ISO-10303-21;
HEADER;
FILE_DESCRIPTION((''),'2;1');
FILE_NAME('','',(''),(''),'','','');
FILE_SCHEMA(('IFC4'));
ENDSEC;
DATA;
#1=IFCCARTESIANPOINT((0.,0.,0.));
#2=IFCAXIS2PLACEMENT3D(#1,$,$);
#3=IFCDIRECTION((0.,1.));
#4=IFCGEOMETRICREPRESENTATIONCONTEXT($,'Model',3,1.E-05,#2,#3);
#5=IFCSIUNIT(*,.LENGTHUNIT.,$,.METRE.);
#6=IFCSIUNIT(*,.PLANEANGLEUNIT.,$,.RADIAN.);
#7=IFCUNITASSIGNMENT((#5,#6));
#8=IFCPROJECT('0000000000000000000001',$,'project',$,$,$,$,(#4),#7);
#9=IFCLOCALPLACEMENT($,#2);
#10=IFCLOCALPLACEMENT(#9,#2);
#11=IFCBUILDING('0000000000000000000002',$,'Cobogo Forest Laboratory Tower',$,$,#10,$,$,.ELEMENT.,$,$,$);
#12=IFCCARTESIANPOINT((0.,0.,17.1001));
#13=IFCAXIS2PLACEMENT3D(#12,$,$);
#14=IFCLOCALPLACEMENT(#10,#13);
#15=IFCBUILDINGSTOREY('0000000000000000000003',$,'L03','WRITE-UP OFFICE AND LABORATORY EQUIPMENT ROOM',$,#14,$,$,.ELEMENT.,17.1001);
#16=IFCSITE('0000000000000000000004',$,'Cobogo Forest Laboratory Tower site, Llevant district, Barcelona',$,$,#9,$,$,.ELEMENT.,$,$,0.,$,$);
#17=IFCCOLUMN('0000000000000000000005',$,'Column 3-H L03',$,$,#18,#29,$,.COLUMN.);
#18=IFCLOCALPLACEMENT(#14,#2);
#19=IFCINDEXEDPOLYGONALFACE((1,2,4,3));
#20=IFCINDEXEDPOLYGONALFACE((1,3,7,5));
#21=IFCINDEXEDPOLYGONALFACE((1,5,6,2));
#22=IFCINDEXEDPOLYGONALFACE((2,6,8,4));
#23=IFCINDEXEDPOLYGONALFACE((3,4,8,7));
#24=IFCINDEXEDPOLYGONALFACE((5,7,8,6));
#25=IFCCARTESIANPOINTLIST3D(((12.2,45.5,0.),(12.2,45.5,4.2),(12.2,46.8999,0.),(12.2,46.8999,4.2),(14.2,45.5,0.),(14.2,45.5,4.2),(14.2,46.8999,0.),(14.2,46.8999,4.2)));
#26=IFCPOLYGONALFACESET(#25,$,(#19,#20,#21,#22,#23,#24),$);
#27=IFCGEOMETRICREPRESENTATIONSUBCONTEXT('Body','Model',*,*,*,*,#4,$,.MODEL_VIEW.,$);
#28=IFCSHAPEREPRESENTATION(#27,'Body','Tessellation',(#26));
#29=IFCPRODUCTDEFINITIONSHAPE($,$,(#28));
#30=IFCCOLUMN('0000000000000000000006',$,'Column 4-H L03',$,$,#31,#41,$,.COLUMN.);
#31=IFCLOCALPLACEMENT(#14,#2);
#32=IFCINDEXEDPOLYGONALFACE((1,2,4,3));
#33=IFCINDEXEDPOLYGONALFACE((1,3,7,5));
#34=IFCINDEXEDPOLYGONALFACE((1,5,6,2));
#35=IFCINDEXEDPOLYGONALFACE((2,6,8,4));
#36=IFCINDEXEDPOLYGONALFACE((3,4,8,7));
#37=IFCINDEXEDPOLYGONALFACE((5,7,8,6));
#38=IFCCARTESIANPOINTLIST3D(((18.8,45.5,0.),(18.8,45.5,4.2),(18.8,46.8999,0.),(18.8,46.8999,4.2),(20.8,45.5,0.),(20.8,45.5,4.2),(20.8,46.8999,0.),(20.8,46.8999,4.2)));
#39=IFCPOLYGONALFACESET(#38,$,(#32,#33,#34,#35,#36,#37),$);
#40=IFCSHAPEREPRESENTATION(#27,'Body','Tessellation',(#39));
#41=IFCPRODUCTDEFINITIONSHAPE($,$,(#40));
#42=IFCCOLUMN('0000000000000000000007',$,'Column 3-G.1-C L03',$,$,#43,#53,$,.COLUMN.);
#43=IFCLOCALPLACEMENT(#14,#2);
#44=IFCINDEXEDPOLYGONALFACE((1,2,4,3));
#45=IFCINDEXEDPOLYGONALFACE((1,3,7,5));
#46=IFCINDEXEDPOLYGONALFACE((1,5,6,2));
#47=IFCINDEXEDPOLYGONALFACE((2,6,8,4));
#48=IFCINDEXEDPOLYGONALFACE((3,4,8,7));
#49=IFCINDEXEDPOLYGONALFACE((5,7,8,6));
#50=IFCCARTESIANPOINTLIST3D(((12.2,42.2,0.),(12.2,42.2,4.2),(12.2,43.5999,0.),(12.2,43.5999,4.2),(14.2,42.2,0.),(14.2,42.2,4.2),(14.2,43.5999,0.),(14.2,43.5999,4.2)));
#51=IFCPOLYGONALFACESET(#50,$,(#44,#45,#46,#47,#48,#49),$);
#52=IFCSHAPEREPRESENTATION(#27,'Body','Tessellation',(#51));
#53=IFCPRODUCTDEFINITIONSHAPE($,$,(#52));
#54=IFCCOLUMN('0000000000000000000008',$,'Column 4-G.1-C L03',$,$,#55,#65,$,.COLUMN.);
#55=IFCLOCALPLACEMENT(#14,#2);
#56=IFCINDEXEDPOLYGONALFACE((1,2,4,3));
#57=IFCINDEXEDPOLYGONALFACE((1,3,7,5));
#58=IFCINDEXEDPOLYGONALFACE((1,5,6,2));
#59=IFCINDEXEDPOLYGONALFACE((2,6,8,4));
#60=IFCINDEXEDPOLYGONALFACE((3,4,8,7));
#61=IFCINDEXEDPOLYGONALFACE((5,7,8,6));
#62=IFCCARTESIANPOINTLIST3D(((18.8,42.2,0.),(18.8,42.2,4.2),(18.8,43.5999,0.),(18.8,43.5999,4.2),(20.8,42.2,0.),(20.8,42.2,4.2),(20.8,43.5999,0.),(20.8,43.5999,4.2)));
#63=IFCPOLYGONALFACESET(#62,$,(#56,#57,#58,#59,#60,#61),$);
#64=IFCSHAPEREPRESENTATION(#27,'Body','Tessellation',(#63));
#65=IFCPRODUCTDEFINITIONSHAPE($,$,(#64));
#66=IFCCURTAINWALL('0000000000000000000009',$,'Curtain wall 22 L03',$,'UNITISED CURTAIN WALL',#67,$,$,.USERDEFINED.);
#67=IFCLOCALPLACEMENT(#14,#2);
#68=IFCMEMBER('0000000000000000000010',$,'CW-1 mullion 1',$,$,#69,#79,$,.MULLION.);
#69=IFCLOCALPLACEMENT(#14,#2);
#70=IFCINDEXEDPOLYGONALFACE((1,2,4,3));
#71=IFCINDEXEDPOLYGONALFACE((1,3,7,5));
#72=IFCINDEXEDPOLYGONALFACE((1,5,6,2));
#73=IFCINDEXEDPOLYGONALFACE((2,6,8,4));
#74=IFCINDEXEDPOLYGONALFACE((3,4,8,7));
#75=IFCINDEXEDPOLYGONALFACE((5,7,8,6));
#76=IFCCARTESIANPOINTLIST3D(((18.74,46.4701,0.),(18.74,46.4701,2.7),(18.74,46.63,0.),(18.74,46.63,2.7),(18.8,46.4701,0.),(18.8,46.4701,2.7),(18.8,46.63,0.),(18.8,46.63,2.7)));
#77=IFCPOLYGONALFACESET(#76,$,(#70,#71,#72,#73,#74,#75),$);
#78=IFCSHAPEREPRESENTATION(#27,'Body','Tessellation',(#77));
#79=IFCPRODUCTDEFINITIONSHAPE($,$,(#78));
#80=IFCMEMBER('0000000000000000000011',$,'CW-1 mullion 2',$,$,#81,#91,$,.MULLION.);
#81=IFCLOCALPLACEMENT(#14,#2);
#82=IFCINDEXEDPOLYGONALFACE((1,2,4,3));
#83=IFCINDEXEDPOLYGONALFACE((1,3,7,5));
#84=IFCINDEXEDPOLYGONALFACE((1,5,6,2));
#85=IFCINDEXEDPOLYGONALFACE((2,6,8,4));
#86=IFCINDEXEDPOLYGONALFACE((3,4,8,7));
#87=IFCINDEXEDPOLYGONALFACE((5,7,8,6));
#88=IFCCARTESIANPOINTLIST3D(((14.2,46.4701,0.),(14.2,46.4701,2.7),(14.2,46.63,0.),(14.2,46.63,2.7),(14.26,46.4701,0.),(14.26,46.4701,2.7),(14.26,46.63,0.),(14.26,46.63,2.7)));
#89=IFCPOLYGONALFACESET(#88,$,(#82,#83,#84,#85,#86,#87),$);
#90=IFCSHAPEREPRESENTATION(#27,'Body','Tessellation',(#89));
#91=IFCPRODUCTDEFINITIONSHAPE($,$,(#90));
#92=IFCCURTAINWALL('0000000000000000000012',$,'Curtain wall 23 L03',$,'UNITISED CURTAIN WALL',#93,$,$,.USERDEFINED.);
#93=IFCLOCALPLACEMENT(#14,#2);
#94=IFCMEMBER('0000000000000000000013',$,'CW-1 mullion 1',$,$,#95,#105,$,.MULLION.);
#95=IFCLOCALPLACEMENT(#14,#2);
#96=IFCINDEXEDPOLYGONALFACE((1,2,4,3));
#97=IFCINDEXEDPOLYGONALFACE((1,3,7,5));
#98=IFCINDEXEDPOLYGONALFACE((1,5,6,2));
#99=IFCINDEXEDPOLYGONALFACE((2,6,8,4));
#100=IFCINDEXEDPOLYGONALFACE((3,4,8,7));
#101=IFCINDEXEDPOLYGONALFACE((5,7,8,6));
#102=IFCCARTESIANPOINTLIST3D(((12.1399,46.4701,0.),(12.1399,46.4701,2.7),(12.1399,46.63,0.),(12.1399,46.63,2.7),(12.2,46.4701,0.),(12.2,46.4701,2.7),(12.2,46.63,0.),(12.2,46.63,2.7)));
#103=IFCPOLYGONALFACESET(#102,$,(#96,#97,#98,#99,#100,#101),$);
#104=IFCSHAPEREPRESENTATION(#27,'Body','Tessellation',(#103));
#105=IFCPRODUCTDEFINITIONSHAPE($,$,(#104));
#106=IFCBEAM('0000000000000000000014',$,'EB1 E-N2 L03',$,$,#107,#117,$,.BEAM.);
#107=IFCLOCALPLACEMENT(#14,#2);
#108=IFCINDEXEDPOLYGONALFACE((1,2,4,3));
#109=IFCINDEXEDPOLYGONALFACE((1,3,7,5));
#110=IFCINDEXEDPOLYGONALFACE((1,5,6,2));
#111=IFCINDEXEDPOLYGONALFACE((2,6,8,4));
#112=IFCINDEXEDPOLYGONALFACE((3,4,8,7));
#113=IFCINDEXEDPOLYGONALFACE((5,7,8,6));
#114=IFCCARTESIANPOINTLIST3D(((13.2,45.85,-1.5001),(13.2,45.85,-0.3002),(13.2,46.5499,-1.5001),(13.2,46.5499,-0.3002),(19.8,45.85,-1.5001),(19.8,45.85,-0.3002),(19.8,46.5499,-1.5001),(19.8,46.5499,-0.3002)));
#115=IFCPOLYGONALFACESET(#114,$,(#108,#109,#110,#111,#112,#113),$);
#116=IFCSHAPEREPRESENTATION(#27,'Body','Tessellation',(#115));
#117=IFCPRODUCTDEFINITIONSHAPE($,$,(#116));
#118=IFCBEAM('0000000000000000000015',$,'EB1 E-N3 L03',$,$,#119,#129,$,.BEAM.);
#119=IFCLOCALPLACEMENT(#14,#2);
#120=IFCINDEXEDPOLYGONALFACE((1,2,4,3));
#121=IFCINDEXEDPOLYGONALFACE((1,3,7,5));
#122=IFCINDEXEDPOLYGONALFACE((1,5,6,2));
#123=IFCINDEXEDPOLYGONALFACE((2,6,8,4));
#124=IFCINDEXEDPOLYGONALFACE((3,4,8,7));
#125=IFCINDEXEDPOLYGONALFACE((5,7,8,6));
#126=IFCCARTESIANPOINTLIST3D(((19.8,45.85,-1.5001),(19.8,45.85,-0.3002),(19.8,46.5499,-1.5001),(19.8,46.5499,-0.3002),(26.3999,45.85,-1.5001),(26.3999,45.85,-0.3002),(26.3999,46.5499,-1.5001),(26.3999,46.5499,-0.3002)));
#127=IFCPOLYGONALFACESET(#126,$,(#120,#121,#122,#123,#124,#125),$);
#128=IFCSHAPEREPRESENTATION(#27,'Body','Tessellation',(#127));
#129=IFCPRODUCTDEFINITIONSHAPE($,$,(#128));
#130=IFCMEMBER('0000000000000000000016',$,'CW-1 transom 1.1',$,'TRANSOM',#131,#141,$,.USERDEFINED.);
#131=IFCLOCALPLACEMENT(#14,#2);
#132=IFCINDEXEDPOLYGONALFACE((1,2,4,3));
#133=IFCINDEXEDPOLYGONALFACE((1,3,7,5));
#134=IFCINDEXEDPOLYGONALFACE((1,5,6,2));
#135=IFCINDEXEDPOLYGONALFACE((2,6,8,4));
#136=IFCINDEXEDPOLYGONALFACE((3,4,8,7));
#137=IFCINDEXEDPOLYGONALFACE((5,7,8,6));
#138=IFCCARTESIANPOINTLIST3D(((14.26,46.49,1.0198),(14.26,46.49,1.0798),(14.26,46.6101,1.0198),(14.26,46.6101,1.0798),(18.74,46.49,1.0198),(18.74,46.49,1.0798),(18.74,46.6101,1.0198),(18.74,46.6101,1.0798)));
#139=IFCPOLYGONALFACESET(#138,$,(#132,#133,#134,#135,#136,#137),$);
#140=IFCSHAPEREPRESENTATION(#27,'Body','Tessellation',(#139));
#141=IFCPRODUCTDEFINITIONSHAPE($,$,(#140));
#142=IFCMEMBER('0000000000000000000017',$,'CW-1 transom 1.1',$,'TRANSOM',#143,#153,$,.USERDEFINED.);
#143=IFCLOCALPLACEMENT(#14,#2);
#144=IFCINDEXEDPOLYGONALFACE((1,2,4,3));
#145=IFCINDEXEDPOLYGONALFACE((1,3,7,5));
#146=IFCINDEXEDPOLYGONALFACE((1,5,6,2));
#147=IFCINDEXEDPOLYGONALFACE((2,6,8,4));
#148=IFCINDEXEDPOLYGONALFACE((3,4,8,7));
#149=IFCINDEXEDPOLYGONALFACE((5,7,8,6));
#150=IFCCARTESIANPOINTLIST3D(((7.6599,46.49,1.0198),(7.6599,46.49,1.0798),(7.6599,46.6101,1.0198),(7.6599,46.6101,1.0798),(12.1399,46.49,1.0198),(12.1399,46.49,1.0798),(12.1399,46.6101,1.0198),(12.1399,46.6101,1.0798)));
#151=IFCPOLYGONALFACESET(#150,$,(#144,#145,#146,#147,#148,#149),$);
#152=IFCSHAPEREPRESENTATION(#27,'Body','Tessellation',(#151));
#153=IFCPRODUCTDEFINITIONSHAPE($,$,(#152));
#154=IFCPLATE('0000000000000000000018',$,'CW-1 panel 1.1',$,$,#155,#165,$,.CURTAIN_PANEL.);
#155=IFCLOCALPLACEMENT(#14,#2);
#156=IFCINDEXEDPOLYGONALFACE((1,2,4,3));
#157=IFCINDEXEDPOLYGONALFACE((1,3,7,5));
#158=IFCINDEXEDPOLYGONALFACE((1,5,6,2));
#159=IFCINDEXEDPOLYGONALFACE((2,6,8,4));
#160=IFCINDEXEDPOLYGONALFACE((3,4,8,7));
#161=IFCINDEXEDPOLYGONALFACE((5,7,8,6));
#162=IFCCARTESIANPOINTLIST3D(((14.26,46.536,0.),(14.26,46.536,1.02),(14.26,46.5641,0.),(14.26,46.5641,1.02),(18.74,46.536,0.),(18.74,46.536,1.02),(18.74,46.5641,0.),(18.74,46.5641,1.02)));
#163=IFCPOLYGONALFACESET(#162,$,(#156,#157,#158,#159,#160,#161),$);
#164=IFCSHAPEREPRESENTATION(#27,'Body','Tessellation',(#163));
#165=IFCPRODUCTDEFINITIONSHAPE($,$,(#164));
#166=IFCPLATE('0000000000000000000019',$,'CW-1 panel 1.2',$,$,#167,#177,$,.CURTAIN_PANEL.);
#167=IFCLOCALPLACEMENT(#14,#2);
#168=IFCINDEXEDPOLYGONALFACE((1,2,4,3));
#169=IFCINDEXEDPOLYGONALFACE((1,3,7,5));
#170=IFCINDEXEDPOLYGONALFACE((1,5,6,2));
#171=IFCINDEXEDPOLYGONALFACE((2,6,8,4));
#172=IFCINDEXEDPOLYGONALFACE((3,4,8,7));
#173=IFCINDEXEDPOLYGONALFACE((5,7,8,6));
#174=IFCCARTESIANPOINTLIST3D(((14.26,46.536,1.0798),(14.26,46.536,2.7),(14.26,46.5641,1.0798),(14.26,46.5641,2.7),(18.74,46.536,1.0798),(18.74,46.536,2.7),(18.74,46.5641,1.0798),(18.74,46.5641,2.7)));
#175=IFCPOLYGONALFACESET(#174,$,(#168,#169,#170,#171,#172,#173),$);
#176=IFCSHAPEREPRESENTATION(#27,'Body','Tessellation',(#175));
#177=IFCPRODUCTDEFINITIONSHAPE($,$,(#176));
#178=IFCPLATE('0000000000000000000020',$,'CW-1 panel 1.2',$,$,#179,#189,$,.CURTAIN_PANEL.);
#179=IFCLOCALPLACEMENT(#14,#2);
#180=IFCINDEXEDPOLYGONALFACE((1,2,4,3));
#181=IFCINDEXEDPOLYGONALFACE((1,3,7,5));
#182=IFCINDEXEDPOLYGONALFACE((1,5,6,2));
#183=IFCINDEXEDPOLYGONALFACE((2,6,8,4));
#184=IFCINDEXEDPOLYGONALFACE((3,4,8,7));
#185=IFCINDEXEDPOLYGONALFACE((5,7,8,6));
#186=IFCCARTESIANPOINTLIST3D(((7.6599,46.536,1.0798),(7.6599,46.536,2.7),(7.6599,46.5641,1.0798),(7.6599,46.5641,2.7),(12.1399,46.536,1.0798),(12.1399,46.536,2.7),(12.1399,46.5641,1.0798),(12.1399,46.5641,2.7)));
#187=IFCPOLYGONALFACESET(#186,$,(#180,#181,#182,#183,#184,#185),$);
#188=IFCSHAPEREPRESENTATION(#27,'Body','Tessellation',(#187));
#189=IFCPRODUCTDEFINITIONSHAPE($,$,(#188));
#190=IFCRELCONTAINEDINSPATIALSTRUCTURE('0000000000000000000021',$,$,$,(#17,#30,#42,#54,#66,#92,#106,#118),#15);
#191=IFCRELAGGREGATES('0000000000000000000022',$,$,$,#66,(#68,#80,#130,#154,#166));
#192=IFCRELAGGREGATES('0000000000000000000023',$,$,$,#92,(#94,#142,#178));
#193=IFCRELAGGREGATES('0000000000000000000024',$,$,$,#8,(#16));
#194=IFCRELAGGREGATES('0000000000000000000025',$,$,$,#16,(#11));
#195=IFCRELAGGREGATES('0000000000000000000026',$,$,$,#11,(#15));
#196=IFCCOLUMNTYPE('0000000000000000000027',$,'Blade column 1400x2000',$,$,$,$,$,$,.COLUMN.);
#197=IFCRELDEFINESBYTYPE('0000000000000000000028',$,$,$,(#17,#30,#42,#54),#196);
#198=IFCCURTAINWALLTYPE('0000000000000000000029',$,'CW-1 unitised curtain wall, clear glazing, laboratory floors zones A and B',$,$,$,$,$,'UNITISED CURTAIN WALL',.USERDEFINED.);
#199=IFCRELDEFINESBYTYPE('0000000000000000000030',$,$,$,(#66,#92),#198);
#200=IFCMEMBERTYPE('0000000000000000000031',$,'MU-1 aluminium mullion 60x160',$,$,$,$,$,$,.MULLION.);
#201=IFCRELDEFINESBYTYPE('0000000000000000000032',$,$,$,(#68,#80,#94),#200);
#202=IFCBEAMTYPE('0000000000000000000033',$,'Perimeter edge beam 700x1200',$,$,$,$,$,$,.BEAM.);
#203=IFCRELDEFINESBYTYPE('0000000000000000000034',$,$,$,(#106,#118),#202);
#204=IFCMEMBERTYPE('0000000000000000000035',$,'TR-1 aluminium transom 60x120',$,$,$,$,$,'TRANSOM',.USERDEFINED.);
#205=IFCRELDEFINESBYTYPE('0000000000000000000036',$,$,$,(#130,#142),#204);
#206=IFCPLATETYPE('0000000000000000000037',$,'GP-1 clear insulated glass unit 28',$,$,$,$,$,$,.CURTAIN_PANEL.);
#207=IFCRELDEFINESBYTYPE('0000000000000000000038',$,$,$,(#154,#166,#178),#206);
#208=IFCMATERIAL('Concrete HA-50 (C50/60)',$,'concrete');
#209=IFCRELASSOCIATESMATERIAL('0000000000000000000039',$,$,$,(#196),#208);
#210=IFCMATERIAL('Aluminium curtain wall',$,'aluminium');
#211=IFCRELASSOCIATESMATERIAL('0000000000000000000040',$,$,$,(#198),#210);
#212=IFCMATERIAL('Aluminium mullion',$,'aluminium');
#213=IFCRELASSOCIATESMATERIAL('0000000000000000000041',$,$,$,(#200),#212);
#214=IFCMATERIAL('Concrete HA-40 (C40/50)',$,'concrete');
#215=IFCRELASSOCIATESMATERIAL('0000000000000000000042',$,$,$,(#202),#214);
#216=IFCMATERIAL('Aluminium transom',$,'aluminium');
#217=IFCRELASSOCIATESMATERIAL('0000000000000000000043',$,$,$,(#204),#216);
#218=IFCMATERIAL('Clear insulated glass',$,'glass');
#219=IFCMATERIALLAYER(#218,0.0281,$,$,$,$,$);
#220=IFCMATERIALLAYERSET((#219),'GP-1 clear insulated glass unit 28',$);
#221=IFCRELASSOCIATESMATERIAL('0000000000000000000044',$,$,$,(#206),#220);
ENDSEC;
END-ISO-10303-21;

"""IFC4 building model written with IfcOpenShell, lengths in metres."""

from ifc_helpers import new_model, si_unit, direction, frame, origin, origin_2d, place, context, subcontext, project, spatial, rectangle, extrude, material, layer, layer_set, material_profile, profile_set, type_object, element, aggregate, save


model = new_model("IFC4")

# Units and contexts
model_context = context("Model", 3, precision=1e-05, world=origin(), true_north=direction((0.0, 1.0)))
body_context = subcontext(model_context, "Body", "Model", "MODEL_VIEW")
ifc_project = project(units=[si_unit("LENGTHUNIT", "METRE"), si_unit("PLANEANGLEUNIT", "RADIAN")], contexts=[model_context])

# Site, building, storey
site_placement = place(None, origin())
site = spatial("IfcSite", under=ifc_project, at=site_placement, Name="Cobogo Forest Laboratory Tower site, Llevant district, Barcelona", CompositionType="ELEMENT", RefElevation=0.0)
building_placement = place(site_placement, origin())
building = spatial("IfcBuilding", under=site, at=building_placement, Name="Cobogo Forest Laboratory Tower", CompositionType="ELEMENT")
storey_placement = place(building_placement, frame((0.0, 0.0, 17.1001)))
storey = spatial("IfcBuildingStorey", under=building, at=storey_placement, Name="L03", Description="WRITE-UP OFFICE AND LABORATORY EQUIPMENT ROOM", CompositionType="ELEMENT", Elevation=17.1001)

# Columns
ifc_material_1 = material(Name="Concrete HA-50 (C50/60)", Category="concrete")
ifc_material_profile_1 = material_profile(ifc_material_1, rectangle(XDim=2.0, YDim=1.3999, at=origin_2d()), Name="RC 1400x2000")
ifc_profile_set_1 = profile_set([ifc_material_profile_1], Name="Concrete HA-50 (C50/60)")
column_type = type_object("IfcColumnType", Name="Blade column 1400x2000", PredefinedType="COLUMN", material=ifc_profile_set_1)
for number, where, z_axis, x_axis, name in (
    (1, (13.2, 46.2, 0.0), (0.0, 0.0, 1.0), (1.0, 0.0, 0.0), "Column 3-H L03"),
    (2, (19.8, 46.2, 0.0), (0.0, 0.0, 1.0), (1.0, 0.0, 0.0), "Column 4-H L03"),
    (3, (13.2, 42.8999, 0.0), (0.0, 0.0, 1.0), (1.0, 0.0, 0.0), "Column 3-G.1-C L03"),
    (4, (19.8, 42.8999, 0.0), (0.0, 0.0, 1.0), (1.0, 0.0, 0.0), "Column 4-G.1-C L03"),
):
    element("IfcColumn", number, at=place(storey_placement, frame(where, z_axis=z_axis, x_axis=x_axis)), inside=storey, type_object=column_type, Name=name, PredefinedType="COLUMN", context=body_context, shape_type="SweptSolid", body=[
        extrude(rectangle(XDim=2.0, YDim=1.3999, at=origin_2d()), origin(), (0.0, 0.0, 1.0), 4.2),
    ])

# Curtain wall, members
ifc_material_2 = material(Name="Aluminium curtain wall", Category="aluminium")
curtain_wall_type = type_object("IfcCurtainWallType", Name="CW-1 unitised curtain wall, clear glazing, laboratory floors zones A and B", ElementType="UNITISED CURTAIN WALL", PredefinedType="USERDEFINED", material=ifc_material_2)
curtain_wall_1_placement = place(storey_placement, origin())
curtain_wall_1 = element("IfcCurtainWall", 5, at=curtain_wall_1_placement, inside=storey, type_object=curtain_wall_type, Name="Curtain wall 22 L03", ObjectType="UNITISED CURTAIN WALL", PredefinedType="USERDEFINED")
ifc_material_3 = material(Name="Aluminium mullion", Category="aluminium")
ifc_material_profile_2 = material_profile(ifc_material_3, rectangle(XDim=0.0601, YDim=0.1599, at=origin_2d()), Name="AL 60x160")
ifc_profile_set_2 = profile_set([ifc_material_profile_2], Name="Aluminium mullion")
member_type_1 = type_object("IfcMemberType", Name="MU-1 aluminium mullion 60x160", PredefinedType="MULLION", material=ifc_profile_set_2)
member_1_placement = place(storey_placement, frame((18.77, 46.55, 0.0), z_axis=(0.0, 0.0, 1.0), x_axis=(-1.0, 0.0, 0.0)))
member_1 = element("IfcMember", 6, at=member_1_placement, type_object=member_type_1, Name="CW-1 mullion 1", PredefinedType="MULLION", context=body_context, shape_type="SweptSolid", body=[
    extrude(rectangle(XDim=0.0601, YDim=0.1599, at=origin_2d()), origin(), (0.0, 0.0, 1.0), 2.7),
])
member_2_placement = place(storey_placement, frame((14.23, 46.55, 0.0), z_axis=(0.0, 0.0, 1.0), x_axis=(-1.0, 0.0, 0.0)))
member_2 = element("IfcMember", 7, at=member_2_placement, type_object=member_type_1, Name="CW-1 mullion 2", PredefinedType="MULLION", context=body_context, shape_type="SweptSolid", body=[
    extrude(rectangle(XDim=0.0601, YDim=0.1599, at=origin_2d()), origin(), (0.0, 0.0, 1.0), 2.7),
])

# Curtain wall, member
curtain_wall_2_placement = place(storey_placement, origin())
curtain_wall_2 = element("IfcCurtainWall", 8, at=curtain_wall_2_placement, inside=storey, type_object=curtain_wall_type, Name="Curtain wall 23 L03", ObjectType="UNITISED CURTAIN WALL", PredefinedType="USERDEFINED")
member_3_placement = place(storey_placement, frame((12.1699, 46.55, 0.0), z_axis=(0.0, 0.0, 1.0), x_axis=(-1.0, 0.0, 0.0)))
member_3 = element("IfcMember", 9, at=member_3_placement, type_object=member_type_1, Name="CW-1 mullion 1", PredefinedType="MULLION", context=body_context, shape_type="SweptSolid", body=[
    extrude(rectangle(XDim=0.0601, YDim=0.1599, at=origin_2d()), origin(), (0.0, 0.0, 1.0), 2.7),
])

# Beams
ifc_material_4 = material(Name="Concrete HA-40 (C40/50)", Category="concrete")
ifc_material_profile_3 = material_profile(ifc_material_4, rectangle(XDim=0.7, YDim=1.2, at=origin_2d()), Name="RC 700x1200")
ifc_profile_set_3 = profile_set([ifc_material_profile_3], Name="Concrete HA-40 (C40/50)")
beam_type = type_object("IfcBeamType", Name="Perimeter edge beam 700x1200", PredefinedType="BEAM", material=ifc_profile_set_3)
beam_1_placement = place(storey_placement, frame((13.2, 46.2, -0.9001), z_axis=(1.0, 0.0, 0.0), x_axis=(0.0, 1.0, 0.0)))
element("IfcBeam", 10, at=beam_1_placement, inside=storey, type_object=beam_type, Name="EB1 E-N2 L03", PredefinedType="BEAM", context=body_context, shape_type="SweptSolid", body=[
    extrude(rectangle(XDim=0.7, YDim=1.2, at=origin_2d()), origin(), (0.0, 0.0, 1.0), 6.6001),
])
beam_2_placement = place(storey_placement, frame((19.8, 46.2, -0.9001), z_axis=(1.0, 0.0, 0.0), x_axis=(0.0, 1.0, 0.0)))
element("IfcBeam", 11, at=beam_2_placement, inside=storey, type_object=beam_type, Name="EB1 E-N3 L03", PredefinedType="BEAM", context=body_context, shape_type="SweptSolid", body=[
    extrude(rectangle(XDim=0.7, YDim=1.2, at=origin_2d()), origin(), (0.0, 0.0, 1.0), 6.5999),
])

# Members
ifc_material_5 = material(Name="Aluminium transom", Category="aluminium")
ifc_material_profile_4 = material_profile(ifc_material_5, rectangle(XDim=0.1201, YDim=0.0601, at=origin_2d()), Name="AL 60x120")
ifc_profile_set_4 = profile_set([ifc_material_profile_4], Name="Aluminium transom")
member_type_2 = type_object("IfcMemberType", Name="TR-1 aluminium transom 60x120", ElementType="TRANSOM", PredefinedType="USERDEFINED", material=ifc_profile_set_4)
member_4_placement = place(storey_placement, frame((18.74, 46.55, 1.0498), z_axis=(-1.0, 0.0, 0.0), x_axis=(0.0, -1.0, 0.0)))
member_4 = element("IfcMember", 12, at=member_4_placement, type_object=member_type_2, Name="CW-1 transom 1.1", ObjectType="TRANSOM", PredefinedType="USERDEFINED", context=body_context, shape_type="SweptSolid", body=[
    extrude(rectangle(XDim=0.1201, YDim=0.0601, at=origin_2d()), origin(), (0.0, 0.0, 1.0), 4.48),
])
member_5_placement = place(storey_placement, frame((12.1399, 46.55, 1.0498), z_axis=(-1.0, 0.0, 0.0), x_axis=(0.0, -1.0, 0.0)))
member_5 = element("IfcMember", 13, at=member_5_placement, type_object=member_type_2, Name="CW-1 transom 1.1", ObjectType="TRANSOM", PredefinedType="USERDEFINED", context=body_context, shape_type="SweptSolid", body=[
    extrude(rectangle(XDim=0.1201, YDim=0.0601, at=origin_2d()), origin(), (0.0, 0.0, 1.0), 4.48),
])

# Plates
ifc_material_6 = material(Name="Clear insulated glass", Category="glass")
ifc_layer_1 = layer(ifc_material_6, 0.0281)
ifc_layer_set_1 = layer_set([ifc_layer_1], Name="GP-1 clear insulated glass unit 28")
plate_type_1 = type_object("IfcPlateType", Name="GP-1 clear insulated glass unit 28", PredefinedType="CURTAIN_PANEL", material=ifc_layer_set_1)
plate_1_placement = place(storey_placement, frame((16.5, 46.55, 0.0), z_axis=(0.0, 0.0, 1.0), x_axis=(-1.0, 0.0, 0.0)))
plate_1 = element("IfcPlate", 14, at=plate_1_placement, type_object=plate_type_1, Name="CW-1 panel 1.1", PredefinedType="CURTAIN_PANEL", context=body_context, shape_type="SweptSolid", body=[
    extrude(rectangle(XDim=4.48, YDim=0.0281, at=origin_2d()), origin(), (0.0, 0.0, 1.0), 1.02),
])
plate_2_placement = place(storey_placement, frame((16.5, 46.55, 1.0798), z_axis=(0.0, 0.0, 1.0), x_axis=(-1.0, 0.0, 0.0)))
plate_2 = element("IfcPlate", 15, at=plate_2_placement, type_object=plate_type_1, Name="CW-1 panel 1.2", PredefinedType="CURTAIN_PANEL", context=body_context, shape_type="SweptSolid", body=[
    extrude(rectangle(XDim=4.48, YDim=0.0281, at=origin_2d()), origin(), (0.0, 0.0, 1.0), 1.6201),
])
aggregate(curtain_wall_1, [member_1, member_2, member_4, plate_1, plate_2])
plate_3_placement = place(storey_placement, frame((9.8999, 46.55, 1.0798), z_axis=(0.0, 0.0, 1.0), x_axis=(-1.0, 0.0, 0.0)))
plate_3 = element("IfcPlate", 16, at=plate_3_placement, type_object=plate_type_1, Name="CW-1 panel 1.2", PredefinedType="CURTAIN_PANEL", context=body_context, shape_type="SweptSolid", body=[
    extrude(rectangle(XDim=4.48, YDim=0.0281, at=origin_2d()), origin(), (0.0, 0.0, 1.0), 1.6201),
])
aggregate(curtain_wall_2, [member_3, member_5, plate_3])

save(model, "model.ifc")
